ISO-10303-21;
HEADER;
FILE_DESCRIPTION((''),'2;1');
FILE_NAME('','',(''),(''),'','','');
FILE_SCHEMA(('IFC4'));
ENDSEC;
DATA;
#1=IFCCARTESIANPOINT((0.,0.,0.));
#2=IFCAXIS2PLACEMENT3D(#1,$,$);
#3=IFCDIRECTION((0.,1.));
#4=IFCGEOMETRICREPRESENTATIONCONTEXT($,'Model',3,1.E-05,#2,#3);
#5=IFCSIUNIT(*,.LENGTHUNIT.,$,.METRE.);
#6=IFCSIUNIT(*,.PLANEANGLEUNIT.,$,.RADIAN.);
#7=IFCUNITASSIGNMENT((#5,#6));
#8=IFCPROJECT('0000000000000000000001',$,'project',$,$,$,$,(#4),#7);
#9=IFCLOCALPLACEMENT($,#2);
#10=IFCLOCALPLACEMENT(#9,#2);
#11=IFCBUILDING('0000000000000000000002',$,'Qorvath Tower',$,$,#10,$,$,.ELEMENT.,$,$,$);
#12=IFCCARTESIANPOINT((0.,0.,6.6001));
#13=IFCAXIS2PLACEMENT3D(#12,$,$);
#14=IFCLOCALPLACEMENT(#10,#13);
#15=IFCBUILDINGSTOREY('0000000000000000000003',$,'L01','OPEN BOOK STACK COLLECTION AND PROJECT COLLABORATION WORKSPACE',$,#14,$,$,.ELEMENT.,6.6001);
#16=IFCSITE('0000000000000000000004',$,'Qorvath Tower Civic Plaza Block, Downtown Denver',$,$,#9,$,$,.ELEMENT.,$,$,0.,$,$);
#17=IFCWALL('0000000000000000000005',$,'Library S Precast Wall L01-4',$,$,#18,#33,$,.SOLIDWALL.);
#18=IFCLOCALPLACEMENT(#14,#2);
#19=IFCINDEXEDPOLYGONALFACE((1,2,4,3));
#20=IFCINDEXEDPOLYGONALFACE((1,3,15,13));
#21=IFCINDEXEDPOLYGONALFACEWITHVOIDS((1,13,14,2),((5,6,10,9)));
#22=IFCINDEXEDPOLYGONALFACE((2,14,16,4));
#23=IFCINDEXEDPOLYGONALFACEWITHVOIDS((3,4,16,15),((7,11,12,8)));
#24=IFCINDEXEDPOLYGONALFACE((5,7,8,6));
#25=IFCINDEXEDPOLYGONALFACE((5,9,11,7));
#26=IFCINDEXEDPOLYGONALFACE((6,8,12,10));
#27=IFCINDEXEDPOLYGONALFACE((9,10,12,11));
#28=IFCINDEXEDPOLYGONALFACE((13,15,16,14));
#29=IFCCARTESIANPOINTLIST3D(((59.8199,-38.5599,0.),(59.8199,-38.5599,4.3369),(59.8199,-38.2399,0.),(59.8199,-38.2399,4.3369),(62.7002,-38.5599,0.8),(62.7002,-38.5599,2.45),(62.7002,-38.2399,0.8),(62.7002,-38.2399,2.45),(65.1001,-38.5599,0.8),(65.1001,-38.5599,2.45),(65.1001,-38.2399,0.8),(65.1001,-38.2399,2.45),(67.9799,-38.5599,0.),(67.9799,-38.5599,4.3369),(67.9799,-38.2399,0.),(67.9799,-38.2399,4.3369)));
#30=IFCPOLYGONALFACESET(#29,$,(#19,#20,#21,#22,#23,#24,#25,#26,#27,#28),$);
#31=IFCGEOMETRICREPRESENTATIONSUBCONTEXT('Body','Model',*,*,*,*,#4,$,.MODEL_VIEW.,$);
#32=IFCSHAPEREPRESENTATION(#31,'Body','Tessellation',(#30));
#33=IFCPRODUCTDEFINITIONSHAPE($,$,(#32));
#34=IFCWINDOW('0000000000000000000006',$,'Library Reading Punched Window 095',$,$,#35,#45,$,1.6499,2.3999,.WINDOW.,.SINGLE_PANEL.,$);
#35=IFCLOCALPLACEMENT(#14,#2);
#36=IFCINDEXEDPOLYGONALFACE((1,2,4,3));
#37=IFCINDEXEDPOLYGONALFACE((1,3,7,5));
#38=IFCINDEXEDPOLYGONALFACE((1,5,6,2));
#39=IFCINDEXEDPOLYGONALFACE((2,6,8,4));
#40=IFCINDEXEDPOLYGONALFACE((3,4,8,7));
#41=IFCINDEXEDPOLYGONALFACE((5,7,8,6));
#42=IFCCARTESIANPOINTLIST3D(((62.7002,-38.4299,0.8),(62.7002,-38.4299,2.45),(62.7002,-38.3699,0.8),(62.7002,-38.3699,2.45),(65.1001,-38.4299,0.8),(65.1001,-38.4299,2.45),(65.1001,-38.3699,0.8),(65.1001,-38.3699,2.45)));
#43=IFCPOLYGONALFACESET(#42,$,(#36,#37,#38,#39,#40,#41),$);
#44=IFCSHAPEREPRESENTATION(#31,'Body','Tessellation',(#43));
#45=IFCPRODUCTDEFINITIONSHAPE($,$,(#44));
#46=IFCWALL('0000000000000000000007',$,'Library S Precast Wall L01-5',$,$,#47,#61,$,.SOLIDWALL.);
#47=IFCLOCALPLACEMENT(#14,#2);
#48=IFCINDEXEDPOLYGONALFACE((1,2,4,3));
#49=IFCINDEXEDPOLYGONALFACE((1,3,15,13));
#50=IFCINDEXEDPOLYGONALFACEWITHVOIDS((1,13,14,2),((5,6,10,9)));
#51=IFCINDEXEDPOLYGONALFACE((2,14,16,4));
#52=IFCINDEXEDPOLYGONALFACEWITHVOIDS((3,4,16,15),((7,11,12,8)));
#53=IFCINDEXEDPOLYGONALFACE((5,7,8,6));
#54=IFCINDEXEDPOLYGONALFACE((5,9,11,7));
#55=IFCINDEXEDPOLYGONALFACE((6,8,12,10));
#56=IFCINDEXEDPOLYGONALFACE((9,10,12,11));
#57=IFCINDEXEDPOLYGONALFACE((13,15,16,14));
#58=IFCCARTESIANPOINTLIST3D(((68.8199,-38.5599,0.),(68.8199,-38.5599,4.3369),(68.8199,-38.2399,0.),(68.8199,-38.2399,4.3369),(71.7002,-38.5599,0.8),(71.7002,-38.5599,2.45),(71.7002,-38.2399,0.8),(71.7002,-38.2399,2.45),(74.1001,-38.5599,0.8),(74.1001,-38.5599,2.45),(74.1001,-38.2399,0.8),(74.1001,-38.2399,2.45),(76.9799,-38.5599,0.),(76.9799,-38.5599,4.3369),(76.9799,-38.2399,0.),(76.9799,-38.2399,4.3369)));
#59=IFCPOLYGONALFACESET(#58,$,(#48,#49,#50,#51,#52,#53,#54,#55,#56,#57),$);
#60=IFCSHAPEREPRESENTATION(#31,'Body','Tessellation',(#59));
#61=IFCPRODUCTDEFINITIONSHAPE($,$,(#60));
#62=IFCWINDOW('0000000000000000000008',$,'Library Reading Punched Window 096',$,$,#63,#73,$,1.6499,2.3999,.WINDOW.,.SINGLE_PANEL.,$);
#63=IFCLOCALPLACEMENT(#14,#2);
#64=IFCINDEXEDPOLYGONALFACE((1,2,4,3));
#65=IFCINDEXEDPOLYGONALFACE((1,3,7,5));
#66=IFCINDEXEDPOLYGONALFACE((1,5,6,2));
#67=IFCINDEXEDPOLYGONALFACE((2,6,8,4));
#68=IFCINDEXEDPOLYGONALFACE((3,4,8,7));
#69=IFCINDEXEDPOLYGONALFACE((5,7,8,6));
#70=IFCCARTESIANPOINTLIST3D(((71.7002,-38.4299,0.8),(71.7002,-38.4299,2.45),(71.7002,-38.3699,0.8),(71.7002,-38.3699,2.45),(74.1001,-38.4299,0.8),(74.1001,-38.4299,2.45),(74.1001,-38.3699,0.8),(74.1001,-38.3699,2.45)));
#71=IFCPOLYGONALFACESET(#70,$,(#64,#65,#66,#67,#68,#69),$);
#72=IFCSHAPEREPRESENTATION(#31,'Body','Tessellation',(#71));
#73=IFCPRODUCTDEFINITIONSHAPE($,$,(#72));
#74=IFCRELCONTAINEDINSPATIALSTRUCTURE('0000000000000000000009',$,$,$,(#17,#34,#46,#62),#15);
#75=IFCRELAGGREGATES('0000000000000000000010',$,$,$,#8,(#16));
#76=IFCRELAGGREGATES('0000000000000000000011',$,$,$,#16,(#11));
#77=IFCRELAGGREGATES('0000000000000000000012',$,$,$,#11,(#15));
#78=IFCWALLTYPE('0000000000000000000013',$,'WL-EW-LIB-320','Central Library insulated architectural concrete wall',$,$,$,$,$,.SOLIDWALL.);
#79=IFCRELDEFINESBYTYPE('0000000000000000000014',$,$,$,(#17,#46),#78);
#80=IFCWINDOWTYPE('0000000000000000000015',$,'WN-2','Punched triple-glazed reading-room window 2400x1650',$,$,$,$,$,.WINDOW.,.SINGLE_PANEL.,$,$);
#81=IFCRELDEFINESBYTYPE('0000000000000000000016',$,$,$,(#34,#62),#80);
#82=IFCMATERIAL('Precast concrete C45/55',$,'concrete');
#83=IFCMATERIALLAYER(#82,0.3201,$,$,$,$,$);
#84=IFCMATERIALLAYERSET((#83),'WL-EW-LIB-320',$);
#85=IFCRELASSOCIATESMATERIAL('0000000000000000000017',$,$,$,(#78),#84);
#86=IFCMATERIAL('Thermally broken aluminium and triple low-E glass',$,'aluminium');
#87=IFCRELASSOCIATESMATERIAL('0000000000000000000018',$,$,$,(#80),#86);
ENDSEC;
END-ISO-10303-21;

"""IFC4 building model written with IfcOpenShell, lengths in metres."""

from ifc_helpers import new_model, si_unit, direction, frame, frame_2d, origin, place, context, subcontext, project, spatial, rectangle, extrude, material, layer, layer_set, type_object, element, fill, save


model = new_model("IFC4")

# Units and contexts
model_context = context("Model", 3, precision=1e-05, world=origin(), true_north=direction((0.0, 1.0)))
body_context = subcontext(model_context, "Body", "Model", "MODEL_VIEW")
ifc_project = project(units=[si_unit("LENGTHUNIT", "METRE"), si_unit("PLANEANGLEUNIT", "RADIAN")], contexts=[model_context])

# Site, building, storey
site_placement = place(None, origin())
site = spatial("IfcSite", under=ifc_project, at=site_placement, Name="Qorvath Tower Civic Plaza Block, Downtown Denver", CompositionType="ELEMENT", RefElevation=0.0)
building_placement = place(site_placement, origin())
building = spatial("IfcBuilding", under=site, at=building_placement, Name="Qorvath Tower", CompositionType="ELEMENT")
storey_placement = place(building_placement, frame((0.0, 0.0, 6.6001)))
storey = spatial("IfcBuildingStorey", under=building, at=storey_placement, Name="L01", Description="OPEN BOOK STACK COLLECTION AND PROJECT COLLABORATION WORKSPACE", CompositionType="ELEMENT", Elevation=6.6001)

# Walls, openings, windows
ifc_material_1 = material(Name="Precast concrete C45/55", Category="concrete")
ifc_layer = layer(ifc_material_1, 0.3201)
ifc_layer_set = layer_set([ifc_layer], Name="WL-EW-LIB-320")
wall_type = type_object("IfcWallType", Name="WL-EW-LIB-320", Description="Central Library insulated architectural concrete wall", PredefinedType="SOLIDWALL", material=ifc_layer_set)
ifc_material_2 = material(Name="Thermally broken aluminium and triple low-E glass", Category="aluminium")
window_type = type_object("IfcWindowType", Name="WN-2", Description="Punched triple-glazed reading-room window 2400x1650", PartitioningType="SINGLE_PANEL", PredefinedType="WINDOW", material=ifc_material_2)
wall_1_placement = place(storey_placement, frame((67.98, -38.3999, 0.0), z_axis=(0.0, 0.0, 1.0), x_axis=(-1.0, 0.0, 0.0)))
wall_1 = element("IfcWall", 1, at=wall_1_placement, inside=storey, type_object=wall_type, Name="Library S Precast Wall L01-4", PredefinedType="SOLIDWALL", context=body_context, shape_type="SweptSolid", body=[
    extrude(rectangle(XDim=8.1599, YDim=0.3201, at=frame_2d((4.0801, 0.0))), origin(), (0.0, 0.0, 1.0), 4.3369),
])
opening_1_placement = place(wall_1_placement, frame((2.8799, 0.0, 0.8)))
opening_1 = element("IfcOpeningElement", 2, at=opening_1_placement, cuts=wall_1, PredefinedType="OPENING", context=body_context, shape_type="SweptSolid", body=[
    extrude(rectangle(XDim=2.3999, YDim=1.6499, at=frame_2d((1.2, 0.825))), frame((0.0, 0.1699, 0.0), z_axis=(0.0, -1.0, 0.0), x_axis=(1.0, 0.0, 0.0)), (0.0, 0.0, 1.0), 0.3401),
])
window_1_placement = place(opening_1_placement, origin())
window_1 = element("IfcWindow", 3, at=window_1_placement, inside=storey, type_object=window_type, Name="Library Reading Punched Window 095", OverallHeight=1.6499, OverallWidth=2.3999, PartitioningType="SINGLE_PANEL", PredefinedType="WINDOW", context=body_context, shape_type="SweptSolid", body=[
    extrude(rectangle(XDim=2.3999, YDim=1.6499, at=frame_2d((1.2, 0.825))), frame((0.0, 0.03, 0.0), z_axis=(0.0, -1.0, 0.0), x_axis=(1.0, 0.0, 0.0)), (0.0, 0.0, 1.0), 0.0601),
])
fill(opening_1, window_1)
wall_2_placement = place(storey_placement, frame((76.98, -38.3999, 0.0), z_axis=(0.0, 0.0, 1.0), x_axis=(-1.0, 0.0, 0.0)))
wall_2 = element("IfcWall", 4, at=wall_2_placement, inside=storey, type_object=wall_type, Name="Library S Precast Wall L01-5", PredefinedType="SOLIDWALL", context=body_context, shape_type="SweptSolid", body=[
    extrude(rectangle(XDim=8.1599, YDim=0.3201, at=frame_2d((4.0801, 0.0))), origin(), (0.0, 0.0, 1.0), 4.3369),
])
opening_2_placement = place(wall_2_placement, frame((2.8799, 0.0, 0.8)))
opening_2 = element("IfcOpeningElement", 5, at=opening_2_placement, cuts=wall_2, PredefinedType="OPENING", context=body_context, shape_type="SweptSolid", body=[
    extrude(rectangle(XDim=2.3999, YDim=1.6499, at=frame_2d((1.2, 0.825))), frame((0.0, 0.1699, 0.0), z_axis=(0.0, -1.0, 0.0), x_axis=(1.0, 0.0, 0.0)), (0.0, 0.0, 1.0), 0.3401),
])
window_2_placement = place(opening_2_placement, origin())
window_2 = element("IfcWindow", 6, at=window_2_placement, inside=storey, type_object=window_type, Name="Library Reading Punched Window 096", OverallHeight=1.6499, OverallWidth=2.3999, PartitioningType="SINGLE_PANEL", PredefinedType="WINDOW", context=body_context, shape_type="SweptSolid", body=[
    extrude(rectangle(XDim=2.3999, YDim=1.6499, at=frame_2d((1.2, 0.825))), frame((0.0, 0.03, 0.0), z_axis=(0.0, -1.0, 0.0), x_axis=(1.0, 0.0, 0.0)), (0.0, 0.0, 1.0), 0.0601),
])
fill(opening_2, window_2)

save(model, "model.ifc")
